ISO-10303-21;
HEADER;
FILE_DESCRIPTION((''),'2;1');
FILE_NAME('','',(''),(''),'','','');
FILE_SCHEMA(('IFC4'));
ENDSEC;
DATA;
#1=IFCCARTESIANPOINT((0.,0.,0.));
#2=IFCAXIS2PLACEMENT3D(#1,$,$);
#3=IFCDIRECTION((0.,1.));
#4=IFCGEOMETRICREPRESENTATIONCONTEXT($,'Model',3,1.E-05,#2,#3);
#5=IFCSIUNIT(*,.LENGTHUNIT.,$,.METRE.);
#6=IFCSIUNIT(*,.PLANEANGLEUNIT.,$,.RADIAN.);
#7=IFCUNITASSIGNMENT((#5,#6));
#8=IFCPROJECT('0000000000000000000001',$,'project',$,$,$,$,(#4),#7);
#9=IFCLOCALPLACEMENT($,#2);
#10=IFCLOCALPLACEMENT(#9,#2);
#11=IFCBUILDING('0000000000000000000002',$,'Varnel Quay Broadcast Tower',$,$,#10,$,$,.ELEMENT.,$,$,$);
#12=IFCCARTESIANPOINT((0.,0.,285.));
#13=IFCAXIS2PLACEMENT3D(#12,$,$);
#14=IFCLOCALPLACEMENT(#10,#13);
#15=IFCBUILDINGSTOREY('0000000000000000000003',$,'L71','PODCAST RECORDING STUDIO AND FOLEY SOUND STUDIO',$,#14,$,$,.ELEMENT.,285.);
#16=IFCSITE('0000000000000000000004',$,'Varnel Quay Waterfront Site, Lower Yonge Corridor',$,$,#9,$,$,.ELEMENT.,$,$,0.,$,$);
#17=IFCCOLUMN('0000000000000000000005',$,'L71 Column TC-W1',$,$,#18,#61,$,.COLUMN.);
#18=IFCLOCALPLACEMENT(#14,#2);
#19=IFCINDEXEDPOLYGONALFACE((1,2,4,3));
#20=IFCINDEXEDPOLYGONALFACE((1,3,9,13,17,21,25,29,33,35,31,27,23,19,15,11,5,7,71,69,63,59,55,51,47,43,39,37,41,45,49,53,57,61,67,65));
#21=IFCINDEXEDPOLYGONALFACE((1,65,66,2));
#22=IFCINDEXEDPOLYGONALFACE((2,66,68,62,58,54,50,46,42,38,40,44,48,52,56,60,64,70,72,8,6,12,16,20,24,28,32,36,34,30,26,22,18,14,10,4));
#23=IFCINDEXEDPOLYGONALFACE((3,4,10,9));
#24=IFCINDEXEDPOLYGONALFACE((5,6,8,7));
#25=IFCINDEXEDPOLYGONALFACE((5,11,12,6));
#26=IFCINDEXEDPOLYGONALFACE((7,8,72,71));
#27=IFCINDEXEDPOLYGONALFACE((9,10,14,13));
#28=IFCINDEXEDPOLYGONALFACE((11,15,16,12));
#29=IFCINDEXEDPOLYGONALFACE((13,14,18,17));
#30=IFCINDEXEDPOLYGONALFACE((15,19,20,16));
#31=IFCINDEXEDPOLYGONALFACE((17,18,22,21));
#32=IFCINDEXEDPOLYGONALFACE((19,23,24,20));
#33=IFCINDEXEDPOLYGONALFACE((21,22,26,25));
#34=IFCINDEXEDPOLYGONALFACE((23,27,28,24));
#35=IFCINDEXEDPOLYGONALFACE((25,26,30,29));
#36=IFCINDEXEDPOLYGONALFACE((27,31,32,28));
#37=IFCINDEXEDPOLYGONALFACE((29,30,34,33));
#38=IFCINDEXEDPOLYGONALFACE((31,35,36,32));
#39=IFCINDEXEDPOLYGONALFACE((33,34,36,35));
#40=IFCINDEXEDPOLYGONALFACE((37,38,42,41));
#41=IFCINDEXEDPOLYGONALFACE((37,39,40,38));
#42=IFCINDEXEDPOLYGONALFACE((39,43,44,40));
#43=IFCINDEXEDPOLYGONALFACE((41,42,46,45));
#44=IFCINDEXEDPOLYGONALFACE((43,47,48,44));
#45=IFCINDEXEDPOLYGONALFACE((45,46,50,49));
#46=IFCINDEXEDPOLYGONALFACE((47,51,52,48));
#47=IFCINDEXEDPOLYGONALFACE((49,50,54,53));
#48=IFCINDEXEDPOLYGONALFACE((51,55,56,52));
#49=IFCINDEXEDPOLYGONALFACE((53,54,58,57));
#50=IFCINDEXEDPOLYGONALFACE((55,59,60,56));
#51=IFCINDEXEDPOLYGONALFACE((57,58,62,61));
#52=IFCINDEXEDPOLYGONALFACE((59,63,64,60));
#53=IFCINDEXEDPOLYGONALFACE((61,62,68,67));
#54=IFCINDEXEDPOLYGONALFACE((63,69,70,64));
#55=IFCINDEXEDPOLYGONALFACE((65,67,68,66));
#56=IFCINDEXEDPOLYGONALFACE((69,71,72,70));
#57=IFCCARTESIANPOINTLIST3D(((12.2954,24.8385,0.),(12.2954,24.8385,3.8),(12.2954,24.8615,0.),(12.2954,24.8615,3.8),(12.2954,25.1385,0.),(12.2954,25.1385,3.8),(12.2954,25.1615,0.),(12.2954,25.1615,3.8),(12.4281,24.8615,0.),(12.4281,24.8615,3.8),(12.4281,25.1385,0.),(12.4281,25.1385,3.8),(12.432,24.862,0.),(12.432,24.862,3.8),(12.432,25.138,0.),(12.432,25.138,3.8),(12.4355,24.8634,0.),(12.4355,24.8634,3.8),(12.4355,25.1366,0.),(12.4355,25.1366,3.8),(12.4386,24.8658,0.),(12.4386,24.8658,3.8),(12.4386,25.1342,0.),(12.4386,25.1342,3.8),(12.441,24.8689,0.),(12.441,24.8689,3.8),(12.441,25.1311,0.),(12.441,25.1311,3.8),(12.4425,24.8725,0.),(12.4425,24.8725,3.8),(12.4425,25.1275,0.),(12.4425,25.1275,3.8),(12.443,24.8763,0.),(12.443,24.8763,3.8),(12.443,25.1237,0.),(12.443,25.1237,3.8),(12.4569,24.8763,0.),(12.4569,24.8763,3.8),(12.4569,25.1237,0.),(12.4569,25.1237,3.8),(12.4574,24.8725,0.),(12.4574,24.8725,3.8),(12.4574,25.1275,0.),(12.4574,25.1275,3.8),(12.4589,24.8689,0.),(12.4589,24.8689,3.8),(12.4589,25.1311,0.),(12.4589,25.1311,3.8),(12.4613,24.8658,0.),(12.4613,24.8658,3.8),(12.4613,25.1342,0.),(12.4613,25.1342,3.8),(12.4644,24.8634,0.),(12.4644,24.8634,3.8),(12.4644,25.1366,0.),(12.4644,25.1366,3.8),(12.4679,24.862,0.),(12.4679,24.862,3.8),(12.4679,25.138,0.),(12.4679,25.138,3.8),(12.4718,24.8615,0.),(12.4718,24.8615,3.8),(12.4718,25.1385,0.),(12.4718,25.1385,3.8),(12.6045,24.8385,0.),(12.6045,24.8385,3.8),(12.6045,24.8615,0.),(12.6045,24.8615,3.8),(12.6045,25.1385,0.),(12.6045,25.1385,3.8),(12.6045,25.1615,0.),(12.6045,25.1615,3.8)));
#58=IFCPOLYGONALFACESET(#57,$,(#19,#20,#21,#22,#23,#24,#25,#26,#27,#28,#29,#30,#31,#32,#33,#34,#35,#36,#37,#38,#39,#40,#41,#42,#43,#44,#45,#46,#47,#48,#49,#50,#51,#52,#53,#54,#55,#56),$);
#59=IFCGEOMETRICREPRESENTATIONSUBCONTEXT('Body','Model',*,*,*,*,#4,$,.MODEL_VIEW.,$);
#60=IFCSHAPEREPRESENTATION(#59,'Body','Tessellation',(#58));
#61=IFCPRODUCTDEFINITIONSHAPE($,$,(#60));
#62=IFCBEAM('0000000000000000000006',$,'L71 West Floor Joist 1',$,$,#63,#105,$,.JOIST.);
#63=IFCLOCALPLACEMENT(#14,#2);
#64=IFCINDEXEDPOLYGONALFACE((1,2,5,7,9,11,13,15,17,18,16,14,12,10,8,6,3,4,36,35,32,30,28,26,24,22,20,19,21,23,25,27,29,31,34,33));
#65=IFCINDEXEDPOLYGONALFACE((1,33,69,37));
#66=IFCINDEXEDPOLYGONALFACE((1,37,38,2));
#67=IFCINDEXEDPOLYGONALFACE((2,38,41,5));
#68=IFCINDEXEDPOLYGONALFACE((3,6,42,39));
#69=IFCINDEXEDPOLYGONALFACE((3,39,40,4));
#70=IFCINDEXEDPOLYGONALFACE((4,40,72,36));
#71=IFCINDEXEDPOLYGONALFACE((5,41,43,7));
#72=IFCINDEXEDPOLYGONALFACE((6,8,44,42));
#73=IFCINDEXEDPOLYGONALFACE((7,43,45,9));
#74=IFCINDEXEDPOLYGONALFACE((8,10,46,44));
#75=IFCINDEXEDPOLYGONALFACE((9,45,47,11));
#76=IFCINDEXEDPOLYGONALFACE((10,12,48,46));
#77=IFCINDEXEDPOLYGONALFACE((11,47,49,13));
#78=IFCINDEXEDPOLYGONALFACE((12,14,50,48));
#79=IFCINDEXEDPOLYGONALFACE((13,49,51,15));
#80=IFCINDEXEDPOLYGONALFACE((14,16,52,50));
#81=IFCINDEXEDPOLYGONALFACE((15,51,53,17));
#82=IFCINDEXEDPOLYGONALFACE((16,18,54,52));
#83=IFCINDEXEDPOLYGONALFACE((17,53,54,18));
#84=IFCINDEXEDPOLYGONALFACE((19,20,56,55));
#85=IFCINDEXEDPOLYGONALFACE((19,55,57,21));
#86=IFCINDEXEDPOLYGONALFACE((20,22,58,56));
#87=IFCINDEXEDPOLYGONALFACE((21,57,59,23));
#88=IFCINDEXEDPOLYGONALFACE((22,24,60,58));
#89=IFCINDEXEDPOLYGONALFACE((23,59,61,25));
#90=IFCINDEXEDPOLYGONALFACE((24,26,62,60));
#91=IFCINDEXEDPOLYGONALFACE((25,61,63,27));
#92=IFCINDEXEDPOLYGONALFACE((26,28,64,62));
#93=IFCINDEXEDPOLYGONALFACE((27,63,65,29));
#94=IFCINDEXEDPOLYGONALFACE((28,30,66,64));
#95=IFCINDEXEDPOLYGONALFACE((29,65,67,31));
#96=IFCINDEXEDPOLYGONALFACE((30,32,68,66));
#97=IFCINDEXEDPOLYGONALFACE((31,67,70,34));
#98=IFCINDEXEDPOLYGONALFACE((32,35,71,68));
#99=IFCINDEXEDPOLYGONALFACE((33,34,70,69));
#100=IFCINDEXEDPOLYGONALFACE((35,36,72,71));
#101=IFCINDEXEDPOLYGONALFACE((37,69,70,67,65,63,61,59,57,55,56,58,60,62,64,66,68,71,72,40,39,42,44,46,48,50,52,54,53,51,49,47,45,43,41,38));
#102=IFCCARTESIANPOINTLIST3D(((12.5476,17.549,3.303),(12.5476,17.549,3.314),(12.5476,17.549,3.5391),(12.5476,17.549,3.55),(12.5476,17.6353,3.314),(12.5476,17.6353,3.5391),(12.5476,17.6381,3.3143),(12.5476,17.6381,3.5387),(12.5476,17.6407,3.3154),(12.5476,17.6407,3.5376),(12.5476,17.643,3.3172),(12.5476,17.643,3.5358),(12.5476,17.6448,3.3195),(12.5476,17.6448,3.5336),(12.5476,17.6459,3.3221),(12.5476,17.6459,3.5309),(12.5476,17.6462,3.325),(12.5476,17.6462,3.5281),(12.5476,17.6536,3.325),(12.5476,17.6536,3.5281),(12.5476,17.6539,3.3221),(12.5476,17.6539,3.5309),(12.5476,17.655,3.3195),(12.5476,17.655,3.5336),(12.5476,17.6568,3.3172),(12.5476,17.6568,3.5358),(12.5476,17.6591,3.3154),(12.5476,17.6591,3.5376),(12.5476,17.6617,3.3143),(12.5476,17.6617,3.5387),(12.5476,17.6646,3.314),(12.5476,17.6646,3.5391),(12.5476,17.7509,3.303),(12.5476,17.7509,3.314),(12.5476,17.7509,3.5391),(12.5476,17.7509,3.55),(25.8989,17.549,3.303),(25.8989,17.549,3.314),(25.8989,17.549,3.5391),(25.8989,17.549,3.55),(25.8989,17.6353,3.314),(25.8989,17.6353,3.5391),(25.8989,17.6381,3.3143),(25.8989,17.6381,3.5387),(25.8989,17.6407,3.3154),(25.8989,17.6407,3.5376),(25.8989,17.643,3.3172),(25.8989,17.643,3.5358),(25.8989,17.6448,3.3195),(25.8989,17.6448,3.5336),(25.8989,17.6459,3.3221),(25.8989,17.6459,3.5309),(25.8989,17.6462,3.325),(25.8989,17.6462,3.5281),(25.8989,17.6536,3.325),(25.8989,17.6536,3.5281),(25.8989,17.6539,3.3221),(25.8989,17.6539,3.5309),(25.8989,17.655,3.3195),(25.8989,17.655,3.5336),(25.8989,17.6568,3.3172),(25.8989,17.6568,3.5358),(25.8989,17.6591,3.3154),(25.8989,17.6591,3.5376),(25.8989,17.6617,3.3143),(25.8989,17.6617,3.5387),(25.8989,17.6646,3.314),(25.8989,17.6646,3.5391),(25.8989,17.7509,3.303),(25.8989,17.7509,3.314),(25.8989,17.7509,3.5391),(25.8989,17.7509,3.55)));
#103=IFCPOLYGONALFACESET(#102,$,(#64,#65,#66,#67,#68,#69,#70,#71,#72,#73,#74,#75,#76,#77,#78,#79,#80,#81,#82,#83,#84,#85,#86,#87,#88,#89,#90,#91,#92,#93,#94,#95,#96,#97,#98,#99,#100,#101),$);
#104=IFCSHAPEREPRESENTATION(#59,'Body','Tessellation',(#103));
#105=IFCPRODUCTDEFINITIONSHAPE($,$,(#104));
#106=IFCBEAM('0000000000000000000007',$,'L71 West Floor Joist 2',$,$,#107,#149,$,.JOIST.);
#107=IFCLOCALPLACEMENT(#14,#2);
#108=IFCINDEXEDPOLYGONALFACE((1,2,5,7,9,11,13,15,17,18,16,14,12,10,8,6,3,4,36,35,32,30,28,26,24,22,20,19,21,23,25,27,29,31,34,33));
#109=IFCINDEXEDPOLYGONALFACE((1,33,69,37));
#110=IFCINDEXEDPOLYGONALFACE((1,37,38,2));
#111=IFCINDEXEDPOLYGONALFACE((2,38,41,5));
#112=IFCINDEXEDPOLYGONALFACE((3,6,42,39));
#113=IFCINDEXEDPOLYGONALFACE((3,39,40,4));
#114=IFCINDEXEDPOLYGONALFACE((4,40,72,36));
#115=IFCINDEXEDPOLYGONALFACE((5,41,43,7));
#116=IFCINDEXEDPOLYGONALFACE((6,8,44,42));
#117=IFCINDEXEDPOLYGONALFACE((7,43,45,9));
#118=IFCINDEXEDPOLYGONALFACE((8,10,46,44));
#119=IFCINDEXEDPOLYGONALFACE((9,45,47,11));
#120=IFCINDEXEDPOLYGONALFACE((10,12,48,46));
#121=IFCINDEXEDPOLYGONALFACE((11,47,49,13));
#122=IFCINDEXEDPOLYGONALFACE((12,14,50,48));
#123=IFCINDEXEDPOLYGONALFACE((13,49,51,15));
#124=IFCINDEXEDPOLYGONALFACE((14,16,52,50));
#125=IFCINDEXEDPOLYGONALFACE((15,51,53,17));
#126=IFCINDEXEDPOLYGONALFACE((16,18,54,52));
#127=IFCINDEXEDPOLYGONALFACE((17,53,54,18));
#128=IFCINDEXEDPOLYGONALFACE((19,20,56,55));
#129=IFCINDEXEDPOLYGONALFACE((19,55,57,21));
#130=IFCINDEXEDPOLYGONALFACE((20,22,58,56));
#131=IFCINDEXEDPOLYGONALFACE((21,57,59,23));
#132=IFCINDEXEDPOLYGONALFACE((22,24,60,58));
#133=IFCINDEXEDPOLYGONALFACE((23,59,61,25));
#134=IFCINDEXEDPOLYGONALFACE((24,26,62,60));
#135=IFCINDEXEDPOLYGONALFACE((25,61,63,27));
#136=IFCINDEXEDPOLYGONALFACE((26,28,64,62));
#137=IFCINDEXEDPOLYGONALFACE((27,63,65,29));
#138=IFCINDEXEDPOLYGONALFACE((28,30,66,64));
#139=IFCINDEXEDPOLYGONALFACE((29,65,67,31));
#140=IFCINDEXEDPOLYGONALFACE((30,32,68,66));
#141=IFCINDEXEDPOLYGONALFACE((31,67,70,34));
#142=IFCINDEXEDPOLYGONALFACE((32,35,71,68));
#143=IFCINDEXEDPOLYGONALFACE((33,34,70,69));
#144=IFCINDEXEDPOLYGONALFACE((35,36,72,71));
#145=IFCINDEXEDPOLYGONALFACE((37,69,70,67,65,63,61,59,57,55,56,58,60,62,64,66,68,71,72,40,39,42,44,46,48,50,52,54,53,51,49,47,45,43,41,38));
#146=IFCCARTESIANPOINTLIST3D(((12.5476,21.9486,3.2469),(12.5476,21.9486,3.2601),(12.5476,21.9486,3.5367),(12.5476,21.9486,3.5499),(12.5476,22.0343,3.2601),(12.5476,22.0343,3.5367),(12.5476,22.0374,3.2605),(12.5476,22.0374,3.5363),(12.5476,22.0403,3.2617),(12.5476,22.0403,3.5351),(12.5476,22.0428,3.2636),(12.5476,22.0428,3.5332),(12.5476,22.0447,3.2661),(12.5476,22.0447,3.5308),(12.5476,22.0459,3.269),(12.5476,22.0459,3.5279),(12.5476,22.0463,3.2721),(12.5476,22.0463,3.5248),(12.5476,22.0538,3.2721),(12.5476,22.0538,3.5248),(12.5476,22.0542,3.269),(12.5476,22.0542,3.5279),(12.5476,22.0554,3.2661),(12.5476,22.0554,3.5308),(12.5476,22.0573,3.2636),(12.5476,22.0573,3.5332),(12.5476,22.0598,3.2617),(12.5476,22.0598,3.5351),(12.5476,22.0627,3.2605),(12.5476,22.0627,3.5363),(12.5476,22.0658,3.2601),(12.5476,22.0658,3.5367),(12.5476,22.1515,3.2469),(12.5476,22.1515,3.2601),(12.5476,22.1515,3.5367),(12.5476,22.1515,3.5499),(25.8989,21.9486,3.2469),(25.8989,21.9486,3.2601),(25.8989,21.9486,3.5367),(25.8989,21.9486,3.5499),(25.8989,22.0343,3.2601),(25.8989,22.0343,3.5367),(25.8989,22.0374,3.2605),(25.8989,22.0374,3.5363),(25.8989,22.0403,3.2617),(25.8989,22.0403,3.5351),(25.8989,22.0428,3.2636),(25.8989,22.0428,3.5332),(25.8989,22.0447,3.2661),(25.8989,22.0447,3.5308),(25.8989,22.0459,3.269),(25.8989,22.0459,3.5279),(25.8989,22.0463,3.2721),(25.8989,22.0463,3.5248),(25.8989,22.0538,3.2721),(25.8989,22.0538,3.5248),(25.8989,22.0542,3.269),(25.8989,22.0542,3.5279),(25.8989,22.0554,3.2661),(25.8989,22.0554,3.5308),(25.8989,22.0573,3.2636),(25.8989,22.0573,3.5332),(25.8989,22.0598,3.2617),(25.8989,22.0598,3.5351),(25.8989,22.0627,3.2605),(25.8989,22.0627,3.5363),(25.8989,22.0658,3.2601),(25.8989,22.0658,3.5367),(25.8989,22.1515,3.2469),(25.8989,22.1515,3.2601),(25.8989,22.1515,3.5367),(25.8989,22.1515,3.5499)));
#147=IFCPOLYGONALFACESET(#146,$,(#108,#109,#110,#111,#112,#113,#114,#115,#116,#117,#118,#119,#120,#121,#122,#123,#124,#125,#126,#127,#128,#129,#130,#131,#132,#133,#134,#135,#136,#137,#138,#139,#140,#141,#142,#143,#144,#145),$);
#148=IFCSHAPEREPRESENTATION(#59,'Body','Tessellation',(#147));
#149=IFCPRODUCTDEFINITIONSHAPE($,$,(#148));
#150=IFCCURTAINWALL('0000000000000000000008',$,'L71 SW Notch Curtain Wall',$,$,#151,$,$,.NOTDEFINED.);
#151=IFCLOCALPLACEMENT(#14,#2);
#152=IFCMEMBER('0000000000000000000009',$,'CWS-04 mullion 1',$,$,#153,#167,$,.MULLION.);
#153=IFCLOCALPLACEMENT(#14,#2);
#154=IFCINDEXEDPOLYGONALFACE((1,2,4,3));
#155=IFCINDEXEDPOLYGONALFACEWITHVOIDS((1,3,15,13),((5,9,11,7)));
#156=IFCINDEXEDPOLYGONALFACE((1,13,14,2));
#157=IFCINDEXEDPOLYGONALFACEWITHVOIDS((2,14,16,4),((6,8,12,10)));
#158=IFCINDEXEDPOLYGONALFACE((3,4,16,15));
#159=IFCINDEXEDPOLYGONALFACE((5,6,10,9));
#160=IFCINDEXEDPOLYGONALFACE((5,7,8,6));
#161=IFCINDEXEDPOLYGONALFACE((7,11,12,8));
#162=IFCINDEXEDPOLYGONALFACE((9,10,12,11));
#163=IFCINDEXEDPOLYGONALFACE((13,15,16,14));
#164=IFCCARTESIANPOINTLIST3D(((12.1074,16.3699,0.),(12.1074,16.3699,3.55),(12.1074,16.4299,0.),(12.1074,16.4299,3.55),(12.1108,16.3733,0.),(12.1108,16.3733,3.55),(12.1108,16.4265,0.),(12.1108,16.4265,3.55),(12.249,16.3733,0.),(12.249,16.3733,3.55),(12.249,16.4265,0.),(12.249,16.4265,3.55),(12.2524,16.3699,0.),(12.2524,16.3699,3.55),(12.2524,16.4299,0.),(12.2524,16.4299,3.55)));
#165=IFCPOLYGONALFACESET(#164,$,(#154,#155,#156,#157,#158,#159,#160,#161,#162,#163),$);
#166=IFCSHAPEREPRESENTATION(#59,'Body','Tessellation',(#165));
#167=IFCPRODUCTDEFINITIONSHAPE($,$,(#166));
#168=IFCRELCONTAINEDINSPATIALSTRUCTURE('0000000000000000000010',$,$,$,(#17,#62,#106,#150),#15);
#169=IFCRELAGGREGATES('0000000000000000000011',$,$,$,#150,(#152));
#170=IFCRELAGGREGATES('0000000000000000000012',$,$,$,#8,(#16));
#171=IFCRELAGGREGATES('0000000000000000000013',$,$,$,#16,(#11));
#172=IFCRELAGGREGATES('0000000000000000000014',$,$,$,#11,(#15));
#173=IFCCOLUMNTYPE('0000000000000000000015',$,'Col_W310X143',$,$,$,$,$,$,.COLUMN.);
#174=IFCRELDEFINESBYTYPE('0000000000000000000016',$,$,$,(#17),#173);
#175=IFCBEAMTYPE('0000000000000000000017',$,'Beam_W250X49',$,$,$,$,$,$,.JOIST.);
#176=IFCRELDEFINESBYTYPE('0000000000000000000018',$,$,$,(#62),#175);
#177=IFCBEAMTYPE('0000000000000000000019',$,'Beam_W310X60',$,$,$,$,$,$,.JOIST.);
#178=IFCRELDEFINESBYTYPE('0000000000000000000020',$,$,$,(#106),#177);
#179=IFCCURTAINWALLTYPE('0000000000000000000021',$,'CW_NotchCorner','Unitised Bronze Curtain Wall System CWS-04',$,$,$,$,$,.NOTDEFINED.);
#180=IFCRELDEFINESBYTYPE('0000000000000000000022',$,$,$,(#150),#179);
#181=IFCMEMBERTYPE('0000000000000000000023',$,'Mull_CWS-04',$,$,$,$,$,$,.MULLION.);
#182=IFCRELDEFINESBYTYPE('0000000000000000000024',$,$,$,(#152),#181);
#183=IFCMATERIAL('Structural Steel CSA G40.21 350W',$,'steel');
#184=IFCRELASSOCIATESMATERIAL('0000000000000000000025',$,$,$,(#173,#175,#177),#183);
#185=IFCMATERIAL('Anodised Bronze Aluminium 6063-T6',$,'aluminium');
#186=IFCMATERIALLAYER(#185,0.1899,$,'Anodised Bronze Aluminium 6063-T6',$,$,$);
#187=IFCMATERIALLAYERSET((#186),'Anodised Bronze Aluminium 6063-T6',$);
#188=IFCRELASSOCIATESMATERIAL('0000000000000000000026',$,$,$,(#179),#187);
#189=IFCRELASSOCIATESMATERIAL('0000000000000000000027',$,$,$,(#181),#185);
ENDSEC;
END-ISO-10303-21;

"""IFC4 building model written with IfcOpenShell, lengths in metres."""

from ifc_helpers import new_model, si_unit, direction, frame, origin, origin_2d, place, context, subcontext, project, spatial, hollow_rectangle, i_section, extrude, source, transform, mapped, material, layer, layer_set, material_profile, profile_set, type_object, type_shapes, element, aggregate, save


model = new_model("IFC4")

# Units and contexts
model_context = context("Model", 3, precision=1e-05, world=origin(), true_north=direction((0.0, 1.0)))
body_context = subcontext(model_context, "Body", "Model", "MODEL_VIEW")
ifc_project = project(units=[si_unit("LENGTHUNIT", "METRE"), si_unit("PLANEANGLEUNIT", "RADIAN")], contexts=[model_context])

# Site, building, storey
site_placement = place(None, origin())
site = spatial("IfcSite", under=ifc_project, at=site_placement, Name="Varnel Quay Waterfront Site, Lower Yonge Corridor", CompositionType="ELEMENT", RefElevation=0.0)
building_placement = place(site_placement, origin())
building = spatial("IfcBuilding", under=site, at=building_placement, Name="Varnel Quay Broadcast Tower", CompositionType="ELEMENT")
storey_placement = place(building_placement, frame((0.0, 0.0, 285.0)))
storey = spatial("IfcBuildingStorey", under=building, at=storey_placement, Name="L71", Description="PODCAST RECORDING STUDIO AND FOLEY SOUND STUDIO", CompositionType="ELEMENT", Elevation=285.0)

# Column
ifc_material_1 = material(Name="Structural Steel CSA G40.21 350W", Category="steel")
ifc_material_profile_1 = material_profile(ifc_material_1, i_section(OverallWidth=0.3091, OverallDepth=0.323, WebThickness=0.0139, FlangeThickness=0.0229, FilletRadius=0.0149, at=origin_2d()), Name="W310X143")
ifc_profile_set_1 = profile_set([ifc_material_profile_1], Name="Structural Steel CSA G40.21 350W")
column_type = type_object("IfcColumnType", Name="Col_W310X143", PredefinedType="COLUMN", material=ifc_profile_set_1)
shared_shape_1 = source(origin(), body_context, "Body", "SweptSolid", [
    extrude(i_section(OverallWidth=0.3091, OverallDepth=0.323, WebThickness=0.0139, FlangeThickness=0.0229, FilletRadius=0.0149, at=origin_2d()), origin(), (0.0, 0.0, 1.0), 3.8),
])
type_shapes(column_type, [shared_shape_1])
column_placement = place(storey_placement, frame((12.45, 25.0, 0.0), z_axis=(0.0, 0.0, 1.0), x_axis=(1.0, 0.0, 0.0)))
element("IfcColumn", 1, at=column_placement, inside=storey, type_object=column_type, Name="L71 Column TC-W1", PredefinedType="COLUMN", context=body_context, shape_type="MappedRepresentation", body=[
    mapped(shared_shape_1, transform((0.0, 0.0, 0.0), x_axis=(1.0, 0.0, 0.0), y_axis=(0.0, 1.0, 0.0), z_axis=(0.0, 0.0, 1.0), scale=1.0)),
])

# Beams
ifc_material_profile_2 = material_profile(ifc_material_1, i_section(OverallWidth=0.2019, OverallDepth=0.2471, WebThickness=0.0073, FlangeThickness=0.011, FilletRadius=0.011, at=origin_2d()), Name="W250X49")
ifc_profile_set_2 = profile_set([ifc_material_profile_2], Name="Structural Steel CSA G40.21 350W")
beam_type_1 = type_object("IfcBeamType", Name="Beam_W250X49", PredefinedType="JOIST", material=ifc_profile_set_2)
shared_shape_2 = source(origin(), body_context, "Body", "SweptSolid", [
    extrude(i_section(OverallWidth=0.2019, OverallDepth=0.2471, WebThickness=0.0073, FlangeThickness=0.011, FilletRadius=0.011, at=origin_2d()), origin(), (0.0, 0.0, 1.0), 13.3513),
])
type_shapes(beam_type_1, [shared_shape_2])
beam_1_placement = place(storey_placement, frame((12.5476, 17.6499, 3.4265), z_axis=(1.0, 0.0, 0.0), x_axis=(0.0, 1.0, 0.0)))
element("IfcBeam", 2, at=beam_1_placement, inside=storey, type_object=beam_type_1, Name="L71 West Floor Joist 1", PredefinedType="JOIST", context=body_context, shape_type="MappedRepresentation", body=[
    mapped(shared_shape_2, transform((0.0, 0.0, 0.0), x_axis=(1.0, 0.0, 0.0), y_axis=(0.0, 1.0, 0.0), z_axis=(0.0, 0.0, 1.0), scale=1.0)),
])
ifc_material_profile_3 = material_profile(ifc_material_1, i_section(OverallWidth=0.2029, OverallDepth=0.303, WebThickness=0.0076, FlangeThickness=0.0132, FilletRadius=0.012, at=origin_2d()), Name="W310X60")
ifc_profile_set_3 = profile_set([ifc_material_profile_3], Name="Structural Steel CSA G40.21 350W")
beam_type_2 = type_object("IfcBeamType", Name="Beam_W310X60", PredefinedType="JOIST", material=ifc_profile_set_3)
shared_shape_3 = source(origin(), body_context, "Body", "SweptSolid", [
    extrude(i_section(OverallWidth=0.2029, OverallDepth=0.303, WebThickness=0.0076, FlangeThickness=0.0132, FilletRadius=0.012, at=origin_2d()), origin(), (0.0, 0.0, 1.0), 13.3513),
])
type_shapes(beam_type_2, [shared_shape_3])
beam_2_placement = place(storey_placement, frame((12.5476, 22.05, 3.3984), z_axis=(1.0, 0.0, 0.0), x_axis=(0.0, 1.0, 0.0)))
element("IfcBeam", 3, at=beam_2_placement, inside=storey, type_object=beam_type_2, Name="L71 West Floor Joist 2", PredefinedType="JOIST", context=body_context, shape_type="MappedRepresentation", body=[
    mapped(shared_shape_3, transform((0.0, 0.0, 0.0), x_axis=(1.0, 0.0, 0.0), y_axis=(0.0, 1.0, 0.0), z_axis=(0.0, 0.0, 1.0), scale=1.0)),
])

# Curtain wall, member
ifc_material_2 = material(Name="Anodised Bronze Aluminium 6063-T6", Category="aluminium")
ifc_layer_1 = layer(ifc_material_2, 0.1899, Name="Anodised Bronze Aluminium 6063-T6")
ifc_layer_set_1 = layer_set([ifc_layer_1], Name="Anodised Bronze Aluminium 6063-T6")
curtain_wall_type_1 = type_object("IfcCurtainWallType", Name="CW_NotchCorner", Description="Unitised Bronze Curtain Wall System CWS-04", PredefinedType="NOTDEFINED", material=ifc_layer_set_1)
curtain_wall_1_placement = place(storey_placement, origin())
curtain_wall_1 = element("IfcCurtainWall", 4, at=curtain_wall_1_placement, inside=storey, type_object=curtain_wall_type_1, Name="L71 SW Notch Curtain Wall", PredefinedType="NOTDEFINED")
ifc_material_profile_4 = material_profile(ifc_material_2, hollow_rectangle(XDim=0.0601, YDim=0.145, WallThickness=0.0034, at=origin_2d()), Name="ALU60X145X3.5")
ifc_profile_set_4 = profile_set([ifc_material_profile_4], Name="Anodised Bronze Aluminium 6063-T6")
member_type_1 = type_object("IfcMemberType", Name="Mull_CWS-04", PredefinedType="MULLION", material=ifc_profile_set_4)
shared_shape_4 = source(origin(), body_context, "Body", "SweptSolid", [
    extrude(hollow_rectangle(XDim=0.0601, YDim=0.145, WallThickness=0.0034, at=origin_2d()), origin(), (0.0, 0.0, 1.0), 3.55),
])
type_shapes(member_type_1, [shared_shape_4])
member_1_placement = place(storey_placement, frame((12.1799, 16.3999, 0.0), z_axis=(0.0, 0.0, 1.0), x_axis=(0.0, 1.0, 0.0)))
member_1 = element("IfcMember", 5, at=member_1_placement, type_object=member_type_1, Name="CWS-04 mullion 1", PredefinedType="MULLION", context=body_context, shape_type="MappedRepresentation", body=[
    mapped(shared_shape_4, transform((0.0, 0.0, 0.0), x_axis=(1.0, 0.0, 0.0), y_axis=(0.0, 1.0, 0.0), z_axis=(0.0, 0.0, 1.0), scale=1.0)),
])

aggregate(curtain_wall_1, [member_1])

save(model, "model.ifc")
